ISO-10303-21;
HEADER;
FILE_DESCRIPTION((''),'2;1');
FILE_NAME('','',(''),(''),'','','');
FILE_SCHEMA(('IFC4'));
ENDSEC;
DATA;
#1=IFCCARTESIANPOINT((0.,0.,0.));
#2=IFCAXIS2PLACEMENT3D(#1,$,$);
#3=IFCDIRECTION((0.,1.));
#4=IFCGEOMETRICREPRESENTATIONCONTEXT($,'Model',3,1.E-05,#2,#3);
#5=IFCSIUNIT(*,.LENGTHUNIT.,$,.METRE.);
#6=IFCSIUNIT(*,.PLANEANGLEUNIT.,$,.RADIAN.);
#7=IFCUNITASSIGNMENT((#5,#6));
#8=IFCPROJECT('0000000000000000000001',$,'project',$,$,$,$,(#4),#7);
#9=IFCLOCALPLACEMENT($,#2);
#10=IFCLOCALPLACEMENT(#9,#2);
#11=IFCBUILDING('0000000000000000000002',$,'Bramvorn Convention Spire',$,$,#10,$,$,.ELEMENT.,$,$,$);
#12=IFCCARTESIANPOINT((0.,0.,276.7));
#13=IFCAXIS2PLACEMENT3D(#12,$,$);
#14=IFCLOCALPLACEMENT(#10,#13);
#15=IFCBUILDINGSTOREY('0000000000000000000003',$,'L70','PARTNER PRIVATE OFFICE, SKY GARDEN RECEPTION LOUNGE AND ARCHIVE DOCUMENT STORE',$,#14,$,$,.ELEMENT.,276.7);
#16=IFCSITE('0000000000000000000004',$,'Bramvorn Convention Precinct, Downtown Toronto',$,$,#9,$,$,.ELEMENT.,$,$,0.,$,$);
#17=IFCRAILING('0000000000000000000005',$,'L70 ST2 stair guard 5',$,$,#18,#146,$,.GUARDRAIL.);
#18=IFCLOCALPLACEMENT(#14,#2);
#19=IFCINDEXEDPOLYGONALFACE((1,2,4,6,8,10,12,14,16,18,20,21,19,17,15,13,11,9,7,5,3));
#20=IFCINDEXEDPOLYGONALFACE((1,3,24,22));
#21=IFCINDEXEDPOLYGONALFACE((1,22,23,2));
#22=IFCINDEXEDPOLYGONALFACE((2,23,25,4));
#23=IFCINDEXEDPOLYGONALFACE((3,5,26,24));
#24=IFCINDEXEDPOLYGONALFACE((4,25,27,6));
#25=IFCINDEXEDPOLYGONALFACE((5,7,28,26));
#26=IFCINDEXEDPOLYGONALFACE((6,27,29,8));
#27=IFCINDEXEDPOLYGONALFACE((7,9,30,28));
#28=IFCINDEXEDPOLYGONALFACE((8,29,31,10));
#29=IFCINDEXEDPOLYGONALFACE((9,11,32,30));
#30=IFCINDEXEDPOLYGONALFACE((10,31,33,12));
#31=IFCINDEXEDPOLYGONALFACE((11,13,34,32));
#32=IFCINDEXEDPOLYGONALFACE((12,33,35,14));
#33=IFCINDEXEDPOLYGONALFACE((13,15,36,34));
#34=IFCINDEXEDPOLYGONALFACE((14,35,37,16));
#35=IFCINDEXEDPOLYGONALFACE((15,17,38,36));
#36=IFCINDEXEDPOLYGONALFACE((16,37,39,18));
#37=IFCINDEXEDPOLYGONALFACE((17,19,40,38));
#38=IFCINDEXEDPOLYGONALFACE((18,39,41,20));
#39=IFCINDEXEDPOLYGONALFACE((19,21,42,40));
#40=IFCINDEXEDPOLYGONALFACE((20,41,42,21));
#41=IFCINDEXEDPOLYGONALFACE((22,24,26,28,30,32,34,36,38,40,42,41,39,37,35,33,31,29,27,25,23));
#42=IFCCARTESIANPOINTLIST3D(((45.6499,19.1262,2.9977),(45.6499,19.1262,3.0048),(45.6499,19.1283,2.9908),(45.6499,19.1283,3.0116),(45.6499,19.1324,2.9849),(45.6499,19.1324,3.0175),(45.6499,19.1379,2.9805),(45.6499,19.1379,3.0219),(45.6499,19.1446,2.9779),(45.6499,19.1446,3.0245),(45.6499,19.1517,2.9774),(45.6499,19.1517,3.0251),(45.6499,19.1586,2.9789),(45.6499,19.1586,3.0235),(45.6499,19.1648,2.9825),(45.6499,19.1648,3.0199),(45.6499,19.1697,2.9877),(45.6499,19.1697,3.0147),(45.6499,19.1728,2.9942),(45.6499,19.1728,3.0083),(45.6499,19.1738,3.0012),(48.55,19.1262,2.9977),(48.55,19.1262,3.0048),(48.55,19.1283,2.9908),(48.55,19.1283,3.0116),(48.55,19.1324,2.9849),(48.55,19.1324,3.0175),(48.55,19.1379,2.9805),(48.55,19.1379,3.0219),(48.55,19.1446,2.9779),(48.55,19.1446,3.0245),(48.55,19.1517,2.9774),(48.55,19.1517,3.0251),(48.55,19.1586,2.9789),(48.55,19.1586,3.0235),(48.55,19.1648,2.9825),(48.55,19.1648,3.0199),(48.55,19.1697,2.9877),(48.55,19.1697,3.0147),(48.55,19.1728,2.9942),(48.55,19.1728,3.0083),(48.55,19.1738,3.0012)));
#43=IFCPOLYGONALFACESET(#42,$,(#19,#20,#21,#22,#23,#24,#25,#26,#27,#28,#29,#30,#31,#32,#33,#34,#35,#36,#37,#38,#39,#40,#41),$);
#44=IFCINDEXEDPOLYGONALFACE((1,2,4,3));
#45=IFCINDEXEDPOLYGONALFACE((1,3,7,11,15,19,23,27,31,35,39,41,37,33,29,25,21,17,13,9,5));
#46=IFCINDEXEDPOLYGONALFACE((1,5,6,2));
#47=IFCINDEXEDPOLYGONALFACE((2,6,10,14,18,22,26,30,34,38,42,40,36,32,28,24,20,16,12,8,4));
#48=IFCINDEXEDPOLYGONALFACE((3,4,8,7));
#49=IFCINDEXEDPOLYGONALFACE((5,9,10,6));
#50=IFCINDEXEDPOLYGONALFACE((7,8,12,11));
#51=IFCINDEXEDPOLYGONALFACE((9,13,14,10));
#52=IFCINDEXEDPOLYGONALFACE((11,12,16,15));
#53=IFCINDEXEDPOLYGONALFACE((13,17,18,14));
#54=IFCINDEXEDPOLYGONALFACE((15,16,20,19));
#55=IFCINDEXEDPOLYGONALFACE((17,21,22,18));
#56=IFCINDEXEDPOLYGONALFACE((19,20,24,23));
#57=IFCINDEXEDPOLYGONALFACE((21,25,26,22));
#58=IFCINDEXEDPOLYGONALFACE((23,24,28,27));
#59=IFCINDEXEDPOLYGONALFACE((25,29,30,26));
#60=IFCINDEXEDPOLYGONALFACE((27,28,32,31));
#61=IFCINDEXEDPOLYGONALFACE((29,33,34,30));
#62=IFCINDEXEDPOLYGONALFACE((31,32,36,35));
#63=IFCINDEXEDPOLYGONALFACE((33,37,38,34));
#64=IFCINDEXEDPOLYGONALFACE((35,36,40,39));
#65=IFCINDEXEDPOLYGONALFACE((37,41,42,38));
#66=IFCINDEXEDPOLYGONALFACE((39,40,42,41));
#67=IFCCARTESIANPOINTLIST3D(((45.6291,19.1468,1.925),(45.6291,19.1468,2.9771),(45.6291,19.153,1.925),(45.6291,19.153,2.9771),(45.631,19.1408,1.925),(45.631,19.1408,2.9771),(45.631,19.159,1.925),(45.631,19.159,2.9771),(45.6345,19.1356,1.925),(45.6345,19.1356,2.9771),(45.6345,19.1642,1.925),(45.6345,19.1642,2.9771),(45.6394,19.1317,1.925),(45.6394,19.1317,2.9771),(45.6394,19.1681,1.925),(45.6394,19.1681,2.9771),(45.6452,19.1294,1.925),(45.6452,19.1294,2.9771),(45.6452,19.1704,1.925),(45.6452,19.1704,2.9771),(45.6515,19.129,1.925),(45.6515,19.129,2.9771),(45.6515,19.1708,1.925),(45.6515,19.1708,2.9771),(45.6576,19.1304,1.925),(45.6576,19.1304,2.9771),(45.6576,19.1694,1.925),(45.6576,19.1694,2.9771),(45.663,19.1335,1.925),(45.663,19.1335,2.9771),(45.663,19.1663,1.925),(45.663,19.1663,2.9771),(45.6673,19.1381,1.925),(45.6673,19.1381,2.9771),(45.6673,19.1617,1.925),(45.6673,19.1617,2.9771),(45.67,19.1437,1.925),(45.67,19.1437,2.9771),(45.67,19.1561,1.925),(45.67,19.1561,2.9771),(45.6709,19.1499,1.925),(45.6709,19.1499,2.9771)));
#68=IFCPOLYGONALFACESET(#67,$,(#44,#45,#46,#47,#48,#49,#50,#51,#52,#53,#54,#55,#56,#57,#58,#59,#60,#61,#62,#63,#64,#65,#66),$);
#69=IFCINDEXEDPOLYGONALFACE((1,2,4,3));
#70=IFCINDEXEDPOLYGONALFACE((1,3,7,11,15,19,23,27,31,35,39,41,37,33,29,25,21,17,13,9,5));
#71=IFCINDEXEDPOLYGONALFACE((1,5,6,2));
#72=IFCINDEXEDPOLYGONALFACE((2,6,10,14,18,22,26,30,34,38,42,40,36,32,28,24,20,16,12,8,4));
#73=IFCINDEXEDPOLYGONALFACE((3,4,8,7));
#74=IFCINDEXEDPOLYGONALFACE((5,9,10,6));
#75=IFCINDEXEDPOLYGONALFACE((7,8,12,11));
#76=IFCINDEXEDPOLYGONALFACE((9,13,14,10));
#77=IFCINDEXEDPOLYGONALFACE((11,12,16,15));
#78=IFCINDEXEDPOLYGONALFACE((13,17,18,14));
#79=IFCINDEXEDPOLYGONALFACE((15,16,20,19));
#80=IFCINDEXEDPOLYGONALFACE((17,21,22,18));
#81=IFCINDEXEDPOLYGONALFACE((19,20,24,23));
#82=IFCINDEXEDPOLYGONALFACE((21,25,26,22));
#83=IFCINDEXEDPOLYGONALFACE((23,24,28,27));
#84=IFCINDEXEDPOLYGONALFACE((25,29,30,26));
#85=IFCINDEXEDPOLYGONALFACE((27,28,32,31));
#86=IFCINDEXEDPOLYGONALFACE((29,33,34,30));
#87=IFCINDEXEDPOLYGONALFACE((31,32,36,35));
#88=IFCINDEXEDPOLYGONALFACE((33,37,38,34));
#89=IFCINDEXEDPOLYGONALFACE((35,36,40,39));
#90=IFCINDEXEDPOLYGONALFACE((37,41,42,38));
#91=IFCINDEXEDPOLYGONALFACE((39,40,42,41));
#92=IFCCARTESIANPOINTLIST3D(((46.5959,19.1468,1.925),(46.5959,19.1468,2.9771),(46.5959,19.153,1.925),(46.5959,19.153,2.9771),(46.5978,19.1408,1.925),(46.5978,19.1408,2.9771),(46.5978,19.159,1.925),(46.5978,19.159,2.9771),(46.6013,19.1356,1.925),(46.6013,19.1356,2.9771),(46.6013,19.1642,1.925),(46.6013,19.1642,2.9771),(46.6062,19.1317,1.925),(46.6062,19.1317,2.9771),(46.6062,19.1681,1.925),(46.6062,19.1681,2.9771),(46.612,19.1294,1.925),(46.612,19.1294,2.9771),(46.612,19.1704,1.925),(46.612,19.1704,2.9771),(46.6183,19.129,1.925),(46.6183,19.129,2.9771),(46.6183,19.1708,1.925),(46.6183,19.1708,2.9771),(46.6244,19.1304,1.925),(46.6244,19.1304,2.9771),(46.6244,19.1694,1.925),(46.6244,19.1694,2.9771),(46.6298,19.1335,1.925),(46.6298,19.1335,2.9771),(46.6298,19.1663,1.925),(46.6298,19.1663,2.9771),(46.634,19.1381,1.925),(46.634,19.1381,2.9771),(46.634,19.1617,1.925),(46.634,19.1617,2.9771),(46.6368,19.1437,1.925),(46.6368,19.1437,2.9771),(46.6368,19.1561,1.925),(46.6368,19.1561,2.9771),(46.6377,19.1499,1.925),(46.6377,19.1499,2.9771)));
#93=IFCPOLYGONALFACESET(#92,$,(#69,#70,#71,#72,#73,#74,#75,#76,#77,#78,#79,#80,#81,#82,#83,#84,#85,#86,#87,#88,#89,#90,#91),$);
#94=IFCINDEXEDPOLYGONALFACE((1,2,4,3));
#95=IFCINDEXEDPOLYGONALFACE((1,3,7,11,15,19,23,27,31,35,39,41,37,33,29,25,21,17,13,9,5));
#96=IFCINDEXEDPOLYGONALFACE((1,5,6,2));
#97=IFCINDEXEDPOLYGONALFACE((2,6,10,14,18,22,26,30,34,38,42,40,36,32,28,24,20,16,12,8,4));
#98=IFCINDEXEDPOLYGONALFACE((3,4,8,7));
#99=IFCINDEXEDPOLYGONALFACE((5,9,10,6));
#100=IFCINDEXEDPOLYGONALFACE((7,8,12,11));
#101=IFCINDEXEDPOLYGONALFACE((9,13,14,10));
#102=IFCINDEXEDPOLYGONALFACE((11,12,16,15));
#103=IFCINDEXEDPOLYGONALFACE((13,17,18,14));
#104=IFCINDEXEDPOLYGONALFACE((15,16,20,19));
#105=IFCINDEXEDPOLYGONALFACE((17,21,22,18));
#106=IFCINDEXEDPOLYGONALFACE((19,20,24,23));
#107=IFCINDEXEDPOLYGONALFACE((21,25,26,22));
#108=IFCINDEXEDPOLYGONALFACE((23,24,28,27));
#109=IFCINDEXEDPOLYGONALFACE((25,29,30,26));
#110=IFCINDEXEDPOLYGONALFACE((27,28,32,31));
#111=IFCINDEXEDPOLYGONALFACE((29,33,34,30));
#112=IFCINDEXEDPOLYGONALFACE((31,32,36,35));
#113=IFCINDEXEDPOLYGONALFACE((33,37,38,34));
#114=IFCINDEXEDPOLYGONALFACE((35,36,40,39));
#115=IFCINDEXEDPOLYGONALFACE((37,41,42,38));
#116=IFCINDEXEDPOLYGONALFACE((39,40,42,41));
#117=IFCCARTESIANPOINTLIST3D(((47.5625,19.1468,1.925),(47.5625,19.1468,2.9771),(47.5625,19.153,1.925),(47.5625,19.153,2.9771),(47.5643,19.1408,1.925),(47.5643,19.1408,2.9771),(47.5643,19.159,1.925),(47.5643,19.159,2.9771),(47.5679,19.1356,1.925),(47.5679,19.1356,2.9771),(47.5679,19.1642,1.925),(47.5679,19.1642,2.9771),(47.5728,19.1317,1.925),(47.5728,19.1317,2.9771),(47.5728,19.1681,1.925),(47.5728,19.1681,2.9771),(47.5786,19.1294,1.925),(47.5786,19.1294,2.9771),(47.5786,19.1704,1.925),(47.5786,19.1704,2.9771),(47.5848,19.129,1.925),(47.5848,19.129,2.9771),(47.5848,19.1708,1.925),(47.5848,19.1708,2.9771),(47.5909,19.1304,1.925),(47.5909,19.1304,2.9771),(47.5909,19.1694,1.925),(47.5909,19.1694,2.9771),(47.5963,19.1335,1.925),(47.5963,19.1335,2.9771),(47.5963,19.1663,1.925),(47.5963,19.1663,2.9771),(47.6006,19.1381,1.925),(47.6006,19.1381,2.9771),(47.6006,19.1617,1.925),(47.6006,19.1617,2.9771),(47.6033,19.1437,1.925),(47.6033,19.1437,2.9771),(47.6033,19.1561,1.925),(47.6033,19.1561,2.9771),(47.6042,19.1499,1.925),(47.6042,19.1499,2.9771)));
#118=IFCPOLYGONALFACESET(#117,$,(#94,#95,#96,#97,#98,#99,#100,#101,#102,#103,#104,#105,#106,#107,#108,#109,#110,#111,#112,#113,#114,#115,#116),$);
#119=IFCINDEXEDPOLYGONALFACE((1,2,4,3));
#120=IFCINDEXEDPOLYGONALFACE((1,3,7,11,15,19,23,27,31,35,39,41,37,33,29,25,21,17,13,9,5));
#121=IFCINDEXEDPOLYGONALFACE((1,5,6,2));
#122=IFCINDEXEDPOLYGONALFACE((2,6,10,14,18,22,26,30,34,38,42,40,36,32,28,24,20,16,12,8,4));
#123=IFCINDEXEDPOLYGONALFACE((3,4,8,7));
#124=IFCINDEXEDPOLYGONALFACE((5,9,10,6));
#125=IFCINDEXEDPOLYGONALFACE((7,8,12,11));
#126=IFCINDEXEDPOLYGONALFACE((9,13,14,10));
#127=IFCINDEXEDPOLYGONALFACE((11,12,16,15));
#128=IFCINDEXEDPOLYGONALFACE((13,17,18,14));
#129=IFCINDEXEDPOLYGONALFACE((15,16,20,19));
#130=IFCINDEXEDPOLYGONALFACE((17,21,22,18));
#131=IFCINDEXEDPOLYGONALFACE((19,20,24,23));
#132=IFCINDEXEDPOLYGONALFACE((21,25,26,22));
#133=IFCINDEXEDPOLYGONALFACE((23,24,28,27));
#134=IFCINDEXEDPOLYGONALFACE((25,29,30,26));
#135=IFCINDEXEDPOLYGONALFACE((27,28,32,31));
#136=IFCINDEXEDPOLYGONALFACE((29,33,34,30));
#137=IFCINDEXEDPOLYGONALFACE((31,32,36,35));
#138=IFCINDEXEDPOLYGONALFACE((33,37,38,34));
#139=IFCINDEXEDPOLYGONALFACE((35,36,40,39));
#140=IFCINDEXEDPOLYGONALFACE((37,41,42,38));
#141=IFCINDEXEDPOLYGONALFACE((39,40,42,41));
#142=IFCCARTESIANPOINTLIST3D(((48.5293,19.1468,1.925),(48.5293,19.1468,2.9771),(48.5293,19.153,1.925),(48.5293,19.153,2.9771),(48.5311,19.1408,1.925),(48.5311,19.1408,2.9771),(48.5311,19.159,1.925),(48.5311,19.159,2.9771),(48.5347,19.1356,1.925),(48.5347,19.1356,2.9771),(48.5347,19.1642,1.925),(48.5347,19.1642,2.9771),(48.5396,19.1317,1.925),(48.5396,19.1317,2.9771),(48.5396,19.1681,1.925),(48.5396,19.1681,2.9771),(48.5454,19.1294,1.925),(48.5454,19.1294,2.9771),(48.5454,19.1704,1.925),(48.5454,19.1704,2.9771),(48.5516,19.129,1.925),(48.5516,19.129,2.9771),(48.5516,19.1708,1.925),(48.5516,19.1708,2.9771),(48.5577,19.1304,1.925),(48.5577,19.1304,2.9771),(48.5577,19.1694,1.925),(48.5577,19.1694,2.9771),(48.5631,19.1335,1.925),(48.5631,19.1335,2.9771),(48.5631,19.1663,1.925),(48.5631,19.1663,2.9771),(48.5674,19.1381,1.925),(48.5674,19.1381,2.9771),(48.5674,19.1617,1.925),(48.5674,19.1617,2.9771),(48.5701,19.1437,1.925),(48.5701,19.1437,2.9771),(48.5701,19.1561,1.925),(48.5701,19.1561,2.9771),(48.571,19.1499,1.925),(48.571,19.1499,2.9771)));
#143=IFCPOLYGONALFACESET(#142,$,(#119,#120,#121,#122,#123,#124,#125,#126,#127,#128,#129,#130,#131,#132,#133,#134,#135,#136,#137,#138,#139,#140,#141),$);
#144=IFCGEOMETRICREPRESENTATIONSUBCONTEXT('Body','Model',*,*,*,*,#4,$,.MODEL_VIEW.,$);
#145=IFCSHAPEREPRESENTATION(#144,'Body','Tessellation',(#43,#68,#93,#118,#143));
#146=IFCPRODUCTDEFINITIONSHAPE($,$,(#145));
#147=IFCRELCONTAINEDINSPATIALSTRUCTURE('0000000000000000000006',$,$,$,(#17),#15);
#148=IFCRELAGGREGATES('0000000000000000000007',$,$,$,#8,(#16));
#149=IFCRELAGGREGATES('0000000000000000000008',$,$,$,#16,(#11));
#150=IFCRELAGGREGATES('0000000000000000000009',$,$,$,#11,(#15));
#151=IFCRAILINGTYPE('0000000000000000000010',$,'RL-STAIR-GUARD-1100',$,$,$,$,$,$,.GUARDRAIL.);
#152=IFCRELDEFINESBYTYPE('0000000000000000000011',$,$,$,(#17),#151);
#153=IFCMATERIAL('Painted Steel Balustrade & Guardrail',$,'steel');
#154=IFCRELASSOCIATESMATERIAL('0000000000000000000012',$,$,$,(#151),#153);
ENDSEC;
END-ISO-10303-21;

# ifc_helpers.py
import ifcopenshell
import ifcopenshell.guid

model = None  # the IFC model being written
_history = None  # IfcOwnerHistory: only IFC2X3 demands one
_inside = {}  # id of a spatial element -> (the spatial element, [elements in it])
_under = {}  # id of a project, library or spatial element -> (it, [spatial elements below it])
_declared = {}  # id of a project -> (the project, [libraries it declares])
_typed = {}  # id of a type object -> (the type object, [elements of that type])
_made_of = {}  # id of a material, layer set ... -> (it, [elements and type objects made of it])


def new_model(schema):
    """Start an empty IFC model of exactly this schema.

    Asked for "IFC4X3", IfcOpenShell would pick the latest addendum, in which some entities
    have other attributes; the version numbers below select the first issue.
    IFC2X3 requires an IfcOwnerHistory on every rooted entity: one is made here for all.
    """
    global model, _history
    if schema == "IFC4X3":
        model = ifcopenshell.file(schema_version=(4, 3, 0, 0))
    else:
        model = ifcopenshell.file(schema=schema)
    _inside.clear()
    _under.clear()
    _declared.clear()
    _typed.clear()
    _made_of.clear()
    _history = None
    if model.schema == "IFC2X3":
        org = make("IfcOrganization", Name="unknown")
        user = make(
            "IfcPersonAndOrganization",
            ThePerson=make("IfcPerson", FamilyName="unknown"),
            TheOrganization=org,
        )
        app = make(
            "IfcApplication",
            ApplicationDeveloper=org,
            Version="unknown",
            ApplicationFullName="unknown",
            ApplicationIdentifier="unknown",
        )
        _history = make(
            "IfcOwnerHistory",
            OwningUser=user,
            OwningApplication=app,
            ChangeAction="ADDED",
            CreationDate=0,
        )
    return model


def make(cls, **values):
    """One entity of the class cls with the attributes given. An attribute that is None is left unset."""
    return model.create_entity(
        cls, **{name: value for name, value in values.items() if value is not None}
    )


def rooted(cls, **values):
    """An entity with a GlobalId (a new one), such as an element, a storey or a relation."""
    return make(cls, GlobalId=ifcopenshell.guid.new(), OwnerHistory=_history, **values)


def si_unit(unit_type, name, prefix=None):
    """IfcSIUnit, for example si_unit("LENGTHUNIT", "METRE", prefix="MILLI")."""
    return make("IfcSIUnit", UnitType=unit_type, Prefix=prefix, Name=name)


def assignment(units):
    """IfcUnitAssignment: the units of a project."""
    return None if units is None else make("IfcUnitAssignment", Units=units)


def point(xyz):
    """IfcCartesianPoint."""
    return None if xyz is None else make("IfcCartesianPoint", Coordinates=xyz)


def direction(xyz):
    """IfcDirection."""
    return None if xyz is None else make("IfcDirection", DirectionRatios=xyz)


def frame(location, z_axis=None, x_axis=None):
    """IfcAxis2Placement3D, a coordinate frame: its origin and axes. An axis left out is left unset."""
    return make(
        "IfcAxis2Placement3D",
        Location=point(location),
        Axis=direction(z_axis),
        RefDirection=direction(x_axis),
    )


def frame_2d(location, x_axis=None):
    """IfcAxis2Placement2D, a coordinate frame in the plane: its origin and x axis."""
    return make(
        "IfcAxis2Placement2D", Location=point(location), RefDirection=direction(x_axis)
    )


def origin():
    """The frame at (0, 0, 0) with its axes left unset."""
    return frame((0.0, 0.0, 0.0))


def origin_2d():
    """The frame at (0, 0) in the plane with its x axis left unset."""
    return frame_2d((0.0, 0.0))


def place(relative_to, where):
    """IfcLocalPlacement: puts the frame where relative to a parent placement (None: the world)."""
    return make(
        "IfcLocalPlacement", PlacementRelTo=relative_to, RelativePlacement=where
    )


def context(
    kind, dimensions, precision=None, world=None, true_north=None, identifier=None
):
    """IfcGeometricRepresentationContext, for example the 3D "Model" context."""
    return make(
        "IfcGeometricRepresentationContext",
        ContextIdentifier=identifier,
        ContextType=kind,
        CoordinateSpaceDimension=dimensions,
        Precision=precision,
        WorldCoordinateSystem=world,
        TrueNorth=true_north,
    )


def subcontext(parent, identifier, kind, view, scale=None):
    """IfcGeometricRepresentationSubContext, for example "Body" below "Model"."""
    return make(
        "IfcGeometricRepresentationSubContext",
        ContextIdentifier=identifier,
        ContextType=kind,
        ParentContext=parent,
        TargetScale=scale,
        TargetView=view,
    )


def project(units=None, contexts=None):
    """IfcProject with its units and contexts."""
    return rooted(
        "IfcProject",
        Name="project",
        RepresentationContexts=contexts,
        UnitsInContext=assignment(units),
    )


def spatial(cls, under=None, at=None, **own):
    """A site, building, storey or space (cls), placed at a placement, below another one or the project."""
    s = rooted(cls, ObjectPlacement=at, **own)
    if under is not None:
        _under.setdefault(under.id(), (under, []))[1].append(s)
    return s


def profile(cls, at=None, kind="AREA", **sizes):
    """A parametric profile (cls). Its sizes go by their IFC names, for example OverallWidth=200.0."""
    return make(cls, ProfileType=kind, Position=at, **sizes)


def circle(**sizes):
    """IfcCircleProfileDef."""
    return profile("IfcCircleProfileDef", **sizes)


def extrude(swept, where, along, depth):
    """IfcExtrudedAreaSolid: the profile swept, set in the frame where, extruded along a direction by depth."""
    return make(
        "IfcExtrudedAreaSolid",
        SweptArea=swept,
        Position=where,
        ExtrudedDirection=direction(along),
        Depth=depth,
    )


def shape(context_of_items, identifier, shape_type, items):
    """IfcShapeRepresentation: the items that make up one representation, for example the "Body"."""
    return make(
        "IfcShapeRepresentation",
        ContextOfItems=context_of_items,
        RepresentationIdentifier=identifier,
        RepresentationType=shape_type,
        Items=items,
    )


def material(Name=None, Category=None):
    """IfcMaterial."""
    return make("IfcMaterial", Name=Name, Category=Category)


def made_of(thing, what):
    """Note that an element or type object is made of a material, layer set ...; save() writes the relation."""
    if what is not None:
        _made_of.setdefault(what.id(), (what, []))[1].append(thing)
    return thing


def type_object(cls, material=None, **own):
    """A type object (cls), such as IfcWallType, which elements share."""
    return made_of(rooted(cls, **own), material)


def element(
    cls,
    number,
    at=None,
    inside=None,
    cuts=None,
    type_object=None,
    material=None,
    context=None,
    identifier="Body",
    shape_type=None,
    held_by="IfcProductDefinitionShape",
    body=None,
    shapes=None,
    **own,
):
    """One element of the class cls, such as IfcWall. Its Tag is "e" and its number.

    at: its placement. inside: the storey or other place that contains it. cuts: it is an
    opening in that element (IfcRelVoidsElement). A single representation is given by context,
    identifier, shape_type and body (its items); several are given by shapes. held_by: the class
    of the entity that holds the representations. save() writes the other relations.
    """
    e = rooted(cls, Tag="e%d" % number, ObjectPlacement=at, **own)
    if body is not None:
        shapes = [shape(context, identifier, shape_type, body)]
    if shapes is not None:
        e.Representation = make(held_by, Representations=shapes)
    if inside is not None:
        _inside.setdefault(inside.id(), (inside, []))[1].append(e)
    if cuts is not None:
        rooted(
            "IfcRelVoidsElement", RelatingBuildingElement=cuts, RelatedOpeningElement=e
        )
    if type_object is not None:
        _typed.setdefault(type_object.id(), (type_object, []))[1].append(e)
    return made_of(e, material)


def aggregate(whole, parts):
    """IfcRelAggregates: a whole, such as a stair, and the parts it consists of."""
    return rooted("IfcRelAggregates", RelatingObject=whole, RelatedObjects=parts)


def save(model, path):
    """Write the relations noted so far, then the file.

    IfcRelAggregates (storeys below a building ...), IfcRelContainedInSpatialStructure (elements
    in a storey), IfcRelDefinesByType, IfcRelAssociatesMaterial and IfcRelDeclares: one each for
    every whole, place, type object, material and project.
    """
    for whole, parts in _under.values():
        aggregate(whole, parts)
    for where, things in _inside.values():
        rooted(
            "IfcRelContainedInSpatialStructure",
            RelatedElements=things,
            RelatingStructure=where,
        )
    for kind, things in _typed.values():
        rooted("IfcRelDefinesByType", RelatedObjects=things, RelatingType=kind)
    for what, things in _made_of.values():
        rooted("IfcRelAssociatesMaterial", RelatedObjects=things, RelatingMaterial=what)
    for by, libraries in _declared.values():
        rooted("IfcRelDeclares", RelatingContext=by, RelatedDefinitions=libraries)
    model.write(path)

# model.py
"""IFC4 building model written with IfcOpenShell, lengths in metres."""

from ifc_helpers import new_model, si_unit, direction, frame, origin, origin_2d, place, context, subcontext, project, spatial, circle, extrude, material, type_object, element, save


model = new_model("IFC4")

# Units and contexts
model_context = context("Model", 3, precision=1e-05, world=origin(), true_north=direction((0.0, 1.0)))
body_context = subcontext(model_context, "Body", "Model", "MODEL_VIEW")
ifc_project = project(units=[si_unit("LENGTHUNIT", "METRE"), si_unit("PLANEANGLEUNIT", "RADIAN")], contexts=[model_context])

# Site, building, storey
site_placement = place(None, origin())
site = spatial("IfcSite", under=ifc_project, at=site_placement, Name="Bramvorn Convention Precinct, Downtown Toronto", CompositionType="ELEMENT", RefElevation=0.0)
building_placement = place(site_placement, origin())
building = spatial("IfcBuilding", under=site, at=building_placement, Name="Bramvorn Convention Spire", CompositionType="ELEMENT")
storey_placement = place(building_placement, frame((0.0, 0.0, 276.7)))
storey = spatial("IfcBuildingStorey", under=building, at=storey_placement, Name="L70", Description="PARTNER PRIVATE OFFICE, SKY GARDEN RECEPTION LOUNGE AND ARCHIVE DOCUMENT STORE", CompositionType="ELEMENT", Elevation=276.7)

# Railing
ifc_material_1 = material(Name="Painted Steel Balustrade & Guardrail", Category="steel")
railing_type = type_object("IfcRailingType", Name="RL-STAIR-GUARD-1100", PredefinedType="GUARDRAIL", material=ifc_material_1)
railing_1_placement = place(storey_placement, frame((45.6499, 19.1499, 1.925)))
element("IfcRailing", 1, at=railing_1_placement, inside=storey, type_object=railing_type, Name="L70 ST2 stair guard 5", PredefinedType="GUARDRAIL", context=body_context, shape_type="SweptSolid", body=[
    extrude(circle(Radius=0.0239, at=origin_2d()), frame((0.0, 0.0, 1.0762), z_axis=(1.0, 0.0, 0.0), x_axis=(0.0, 1.0, 0.0)), (0.0, 0.0, 1.0), 2.9001),
    extrude(circle(Radius=0.021, at=origin_2d()), origin(), (0.0, 0.0, 1.0), 1.052),
    extrude(circle(Radius=0.021, at=origin_2d()), frame((0.9668, 0.0, 0.0)), (0.0, 0.0, 1.0), 1.052),
    extrude(circle(Radius=0.021, at=origin_2d()), frame((1.9333, 0.0, 0.0)), (0.0, 0.0, 1.0), 1.052),
    extrude(circle(Radius=0.021, at=origin_2d()), frame((2.9001, 0.0, 0.0)), (0.0, 0.0, 1.0), 1.052),
])

save(model, "model.ifc")
